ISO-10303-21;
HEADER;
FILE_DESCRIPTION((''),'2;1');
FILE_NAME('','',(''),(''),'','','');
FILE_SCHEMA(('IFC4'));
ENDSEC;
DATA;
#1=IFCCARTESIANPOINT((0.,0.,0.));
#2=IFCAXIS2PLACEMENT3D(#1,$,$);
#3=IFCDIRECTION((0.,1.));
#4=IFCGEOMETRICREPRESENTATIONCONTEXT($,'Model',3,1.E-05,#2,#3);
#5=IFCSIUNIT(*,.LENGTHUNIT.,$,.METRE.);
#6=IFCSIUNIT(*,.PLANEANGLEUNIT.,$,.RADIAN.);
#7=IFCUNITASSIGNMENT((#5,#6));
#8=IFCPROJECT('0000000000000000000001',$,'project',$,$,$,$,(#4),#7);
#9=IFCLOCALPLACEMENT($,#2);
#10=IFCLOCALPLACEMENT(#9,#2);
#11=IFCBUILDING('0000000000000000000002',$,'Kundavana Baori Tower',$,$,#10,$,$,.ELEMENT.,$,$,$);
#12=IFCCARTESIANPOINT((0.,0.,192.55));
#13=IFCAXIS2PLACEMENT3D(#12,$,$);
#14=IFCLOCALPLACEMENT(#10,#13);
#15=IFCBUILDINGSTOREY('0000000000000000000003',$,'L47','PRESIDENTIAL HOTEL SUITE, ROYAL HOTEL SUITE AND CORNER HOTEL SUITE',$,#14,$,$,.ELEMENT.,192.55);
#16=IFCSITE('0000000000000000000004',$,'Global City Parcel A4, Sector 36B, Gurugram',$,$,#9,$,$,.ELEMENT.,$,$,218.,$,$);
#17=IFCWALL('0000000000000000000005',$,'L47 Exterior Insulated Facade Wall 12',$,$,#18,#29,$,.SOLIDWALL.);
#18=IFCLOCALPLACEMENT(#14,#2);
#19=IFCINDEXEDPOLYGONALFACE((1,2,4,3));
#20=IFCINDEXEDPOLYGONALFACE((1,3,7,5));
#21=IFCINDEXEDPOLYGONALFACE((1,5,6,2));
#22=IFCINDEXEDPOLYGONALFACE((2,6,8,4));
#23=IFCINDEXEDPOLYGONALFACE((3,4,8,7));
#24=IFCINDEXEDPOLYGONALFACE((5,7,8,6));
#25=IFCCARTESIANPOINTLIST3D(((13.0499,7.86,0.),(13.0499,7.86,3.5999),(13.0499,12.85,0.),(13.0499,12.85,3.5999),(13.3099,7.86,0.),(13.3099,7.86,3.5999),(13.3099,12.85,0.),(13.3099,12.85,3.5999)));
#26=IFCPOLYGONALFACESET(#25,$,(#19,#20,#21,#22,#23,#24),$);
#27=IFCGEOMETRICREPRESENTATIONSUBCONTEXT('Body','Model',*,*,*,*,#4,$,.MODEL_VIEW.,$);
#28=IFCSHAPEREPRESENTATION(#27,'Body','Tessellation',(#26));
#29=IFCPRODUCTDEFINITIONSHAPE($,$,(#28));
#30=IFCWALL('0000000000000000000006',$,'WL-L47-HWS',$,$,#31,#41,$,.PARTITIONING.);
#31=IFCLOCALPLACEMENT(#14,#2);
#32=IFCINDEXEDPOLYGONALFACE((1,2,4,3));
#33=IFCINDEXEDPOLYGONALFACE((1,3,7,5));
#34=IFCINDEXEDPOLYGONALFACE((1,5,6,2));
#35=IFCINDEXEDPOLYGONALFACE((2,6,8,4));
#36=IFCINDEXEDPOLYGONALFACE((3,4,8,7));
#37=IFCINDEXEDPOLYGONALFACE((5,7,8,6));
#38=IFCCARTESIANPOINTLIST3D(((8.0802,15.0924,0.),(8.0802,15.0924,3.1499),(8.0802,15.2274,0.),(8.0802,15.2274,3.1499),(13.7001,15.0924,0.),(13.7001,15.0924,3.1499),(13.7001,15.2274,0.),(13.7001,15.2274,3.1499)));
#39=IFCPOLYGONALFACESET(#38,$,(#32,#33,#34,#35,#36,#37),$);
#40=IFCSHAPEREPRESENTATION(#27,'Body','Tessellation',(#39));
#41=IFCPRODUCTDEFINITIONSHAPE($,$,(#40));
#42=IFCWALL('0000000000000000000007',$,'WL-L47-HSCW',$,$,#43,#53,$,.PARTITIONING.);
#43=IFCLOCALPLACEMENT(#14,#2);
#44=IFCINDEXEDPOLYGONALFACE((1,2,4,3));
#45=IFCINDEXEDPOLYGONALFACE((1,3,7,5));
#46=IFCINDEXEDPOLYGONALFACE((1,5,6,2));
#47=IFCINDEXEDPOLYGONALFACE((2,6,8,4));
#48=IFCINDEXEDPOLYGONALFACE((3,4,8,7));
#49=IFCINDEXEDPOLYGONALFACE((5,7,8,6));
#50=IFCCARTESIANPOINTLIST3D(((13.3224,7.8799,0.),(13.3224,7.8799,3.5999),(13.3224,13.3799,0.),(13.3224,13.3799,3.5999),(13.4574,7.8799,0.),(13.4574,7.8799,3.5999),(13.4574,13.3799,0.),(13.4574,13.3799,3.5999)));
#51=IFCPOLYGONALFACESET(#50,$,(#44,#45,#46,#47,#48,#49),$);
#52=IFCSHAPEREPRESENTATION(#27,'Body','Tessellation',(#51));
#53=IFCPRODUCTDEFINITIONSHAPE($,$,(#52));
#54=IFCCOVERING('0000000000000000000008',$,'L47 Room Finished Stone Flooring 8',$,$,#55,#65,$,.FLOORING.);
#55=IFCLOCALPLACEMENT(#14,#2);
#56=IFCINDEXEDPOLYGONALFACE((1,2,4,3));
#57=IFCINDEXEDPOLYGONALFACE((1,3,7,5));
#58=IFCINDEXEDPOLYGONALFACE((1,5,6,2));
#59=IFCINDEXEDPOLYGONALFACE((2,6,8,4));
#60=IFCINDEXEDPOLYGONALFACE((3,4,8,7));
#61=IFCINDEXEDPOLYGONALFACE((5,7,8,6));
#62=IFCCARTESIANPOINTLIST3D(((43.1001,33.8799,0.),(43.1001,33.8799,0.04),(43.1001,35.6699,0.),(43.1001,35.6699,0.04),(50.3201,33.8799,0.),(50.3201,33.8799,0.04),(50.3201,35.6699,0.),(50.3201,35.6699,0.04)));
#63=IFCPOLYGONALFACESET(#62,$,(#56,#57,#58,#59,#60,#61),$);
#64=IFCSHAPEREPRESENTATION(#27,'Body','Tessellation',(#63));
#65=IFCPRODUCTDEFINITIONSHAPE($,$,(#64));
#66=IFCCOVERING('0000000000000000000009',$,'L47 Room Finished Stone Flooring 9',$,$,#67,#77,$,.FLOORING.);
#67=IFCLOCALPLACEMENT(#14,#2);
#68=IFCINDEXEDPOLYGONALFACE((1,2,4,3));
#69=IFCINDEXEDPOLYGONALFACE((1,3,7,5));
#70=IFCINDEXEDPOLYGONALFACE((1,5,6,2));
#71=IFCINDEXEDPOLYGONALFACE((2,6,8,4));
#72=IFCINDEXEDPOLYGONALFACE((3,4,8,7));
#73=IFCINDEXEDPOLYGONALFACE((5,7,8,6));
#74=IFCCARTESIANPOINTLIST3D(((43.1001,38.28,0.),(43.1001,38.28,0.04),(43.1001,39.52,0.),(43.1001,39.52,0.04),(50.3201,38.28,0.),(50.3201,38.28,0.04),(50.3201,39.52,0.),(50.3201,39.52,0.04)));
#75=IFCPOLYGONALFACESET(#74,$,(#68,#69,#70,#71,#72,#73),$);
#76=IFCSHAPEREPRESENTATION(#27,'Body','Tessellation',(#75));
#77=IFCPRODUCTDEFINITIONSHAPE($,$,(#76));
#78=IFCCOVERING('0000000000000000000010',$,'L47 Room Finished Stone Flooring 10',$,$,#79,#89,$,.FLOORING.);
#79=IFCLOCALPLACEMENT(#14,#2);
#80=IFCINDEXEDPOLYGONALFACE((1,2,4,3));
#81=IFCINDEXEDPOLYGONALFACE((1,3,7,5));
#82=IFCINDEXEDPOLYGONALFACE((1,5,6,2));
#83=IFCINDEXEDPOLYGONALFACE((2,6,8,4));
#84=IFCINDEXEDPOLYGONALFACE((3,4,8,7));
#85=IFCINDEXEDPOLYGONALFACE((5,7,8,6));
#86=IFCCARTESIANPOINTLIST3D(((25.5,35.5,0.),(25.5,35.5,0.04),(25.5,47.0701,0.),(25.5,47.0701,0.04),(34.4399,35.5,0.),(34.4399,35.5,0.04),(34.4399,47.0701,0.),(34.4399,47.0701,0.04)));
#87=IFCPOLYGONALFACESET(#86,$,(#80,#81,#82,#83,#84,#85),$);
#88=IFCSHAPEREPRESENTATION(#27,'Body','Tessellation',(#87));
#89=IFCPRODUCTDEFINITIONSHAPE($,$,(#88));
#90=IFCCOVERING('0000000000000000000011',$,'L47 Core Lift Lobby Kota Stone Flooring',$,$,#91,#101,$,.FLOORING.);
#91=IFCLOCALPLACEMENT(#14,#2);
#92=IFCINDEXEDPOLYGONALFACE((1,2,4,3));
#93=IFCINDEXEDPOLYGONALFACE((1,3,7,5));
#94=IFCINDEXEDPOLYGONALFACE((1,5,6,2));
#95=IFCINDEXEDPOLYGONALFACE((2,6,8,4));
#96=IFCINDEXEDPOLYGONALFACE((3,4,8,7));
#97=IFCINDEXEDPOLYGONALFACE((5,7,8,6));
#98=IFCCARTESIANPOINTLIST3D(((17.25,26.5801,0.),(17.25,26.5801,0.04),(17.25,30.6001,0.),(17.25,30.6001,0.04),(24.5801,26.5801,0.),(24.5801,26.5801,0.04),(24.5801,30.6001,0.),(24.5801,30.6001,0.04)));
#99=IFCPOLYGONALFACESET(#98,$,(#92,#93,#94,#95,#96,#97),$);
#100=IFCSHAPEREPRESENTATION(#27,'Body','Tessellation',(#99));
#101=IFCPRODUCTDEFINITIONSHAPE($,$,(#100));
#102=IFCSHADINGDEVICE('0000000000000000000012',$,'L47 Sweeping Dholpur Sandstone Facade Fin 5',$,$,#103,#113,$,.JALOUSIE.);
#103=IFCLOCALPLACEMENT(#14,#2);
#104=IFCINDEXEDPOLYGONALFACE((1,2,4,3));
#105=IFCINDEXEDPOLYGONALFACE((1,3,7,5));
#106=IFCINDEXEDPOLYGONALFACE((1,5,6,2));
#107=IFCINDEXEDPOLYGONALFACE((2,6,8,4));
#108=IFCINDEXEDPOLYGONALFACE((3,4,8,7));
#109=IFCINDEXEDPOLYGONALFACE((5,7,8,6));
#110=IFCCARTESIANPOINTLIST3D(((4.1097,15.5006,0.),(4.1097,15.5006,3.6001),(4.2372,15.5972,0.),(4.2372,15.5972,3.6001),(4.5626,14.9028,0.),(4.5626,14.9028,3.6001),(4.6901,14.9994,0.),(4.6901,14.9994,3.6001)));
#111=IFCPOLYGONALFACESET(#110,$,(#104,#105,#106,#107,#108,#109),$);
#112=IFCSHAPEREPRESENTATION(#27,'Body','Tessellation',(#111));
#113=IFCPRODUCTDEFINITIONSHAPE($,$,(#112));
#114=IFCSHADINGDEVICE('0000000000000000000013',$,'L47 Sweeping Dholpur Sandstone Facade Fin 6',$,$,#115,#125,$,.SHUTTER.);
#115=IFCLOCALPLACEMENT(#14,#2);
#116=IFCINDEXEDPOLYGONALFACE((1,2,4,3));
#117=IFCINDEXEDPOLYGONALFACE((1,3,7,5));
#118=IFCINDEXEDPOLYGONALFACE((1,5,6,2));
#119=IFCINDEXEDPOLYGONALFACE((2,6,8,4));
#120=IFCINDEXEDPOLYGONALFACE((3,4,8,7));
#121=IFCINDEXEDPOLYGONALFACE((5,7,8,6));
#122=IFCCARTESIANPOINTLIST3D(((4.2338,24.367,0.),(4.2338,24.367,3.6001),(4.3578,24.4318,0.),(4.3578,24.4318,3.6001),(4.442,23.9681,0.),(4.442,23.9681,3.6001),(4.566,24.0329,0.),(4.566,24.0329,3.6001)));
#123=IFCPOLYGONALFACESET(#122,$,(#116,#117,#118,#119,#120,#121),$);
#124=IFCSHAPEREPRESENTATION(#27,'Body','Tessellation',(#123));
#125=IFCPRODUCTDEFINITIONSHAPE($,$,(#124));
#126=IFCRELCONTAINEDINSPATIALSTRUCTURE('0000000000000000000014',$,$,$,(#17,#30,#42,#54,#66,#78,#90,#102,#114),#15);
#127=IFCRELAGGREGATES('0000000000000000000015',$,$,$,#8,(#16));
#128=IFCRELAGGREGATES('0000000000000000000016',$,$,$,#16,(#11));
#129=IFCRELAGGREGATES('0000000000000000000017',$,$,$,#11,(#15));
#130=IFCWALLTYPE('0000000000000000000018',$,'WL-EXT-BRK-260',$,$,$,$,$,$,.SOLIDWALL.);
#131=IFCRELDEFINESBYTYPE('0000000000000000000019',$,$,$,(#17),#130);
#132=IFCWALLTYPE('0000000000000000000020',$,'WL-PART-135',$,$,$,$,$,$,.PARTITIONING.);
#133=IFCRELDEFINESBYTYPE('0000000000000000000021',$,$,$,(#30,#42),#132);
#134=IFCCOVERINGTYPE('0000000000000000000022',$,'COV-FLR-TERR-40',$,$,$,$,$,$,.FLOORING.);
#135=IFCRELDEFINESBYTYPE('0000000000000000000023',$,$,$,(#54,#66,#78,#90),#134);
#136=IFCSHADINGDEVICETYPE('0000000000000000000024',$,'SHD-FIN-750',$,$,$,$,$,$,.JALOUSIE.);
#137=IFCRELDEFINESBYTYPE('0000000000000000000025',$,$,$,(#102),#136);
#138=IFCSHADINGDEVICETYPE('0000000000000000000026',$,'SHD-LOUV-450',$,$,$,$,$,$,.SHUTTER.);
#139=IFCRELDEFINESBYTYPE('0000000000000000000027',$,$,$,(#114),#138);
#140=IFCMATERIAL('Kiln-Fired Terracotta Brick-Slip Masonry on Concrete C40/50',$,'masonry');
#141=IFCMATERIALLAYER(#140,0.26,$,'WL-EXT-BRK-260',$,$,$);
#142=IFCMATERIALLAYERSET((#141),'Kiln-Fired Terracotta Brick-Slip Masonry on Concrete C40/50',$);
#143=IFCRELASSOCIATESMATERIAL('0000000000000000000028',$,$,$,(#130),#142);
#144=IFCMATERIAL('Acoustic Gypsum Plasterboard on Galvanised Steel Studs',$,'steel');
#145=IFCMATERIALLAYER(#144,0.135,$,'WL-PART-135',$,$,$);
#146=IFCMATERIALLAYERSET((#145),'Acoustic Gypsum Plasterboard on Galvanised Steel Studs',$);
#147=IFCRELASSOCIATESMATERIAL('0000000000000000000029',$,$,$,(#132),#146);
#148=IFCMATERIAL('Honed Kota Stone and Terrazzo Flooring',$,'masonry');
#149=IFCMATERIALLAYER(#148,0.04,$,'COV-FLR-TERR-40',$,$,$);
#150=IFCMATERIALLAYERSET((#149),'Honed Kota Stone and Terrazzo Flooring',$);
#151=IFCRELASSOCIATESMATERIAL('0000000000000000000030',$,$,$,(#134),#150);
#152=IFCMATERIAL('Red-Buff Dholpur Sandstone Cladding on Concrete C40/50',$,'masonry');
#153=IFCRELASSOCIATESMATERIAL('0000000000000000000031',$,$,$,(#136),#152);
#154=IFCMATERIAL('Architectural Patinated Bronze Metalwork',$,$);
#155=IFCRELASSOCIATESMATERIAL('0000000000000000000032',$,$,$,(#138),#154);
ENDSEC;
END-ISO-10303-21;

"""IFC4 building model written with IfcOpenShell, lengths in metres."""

from ifc_helpers import new_model, si_unit, direction, frame, frame_2d, origin, origin_2d, place, context, subcontext, project, spatial, polyline, rectangle, outline, extrude, material, layer, layer_set, type_object, element, save


model = new_model("IFC4")

# Units and contexts
model_context = context("Model", 3, precision=1e-05, world=origin(), true_north=direction((0.0, 1.0)))
body_context = subcontext(model_context, "Body", "Model", "MODEL_VIEW")
ifc_project = project(units=[si_unit("LENGTHUNIT", "METRE"), si_unit("PLANEANGLEUNIT", "RADIAN")], contexts=[model_context])

# Site, building, storey
site_placement = place(None, origin())
site = spatial("IfcSite", under=ifc_project, at=site_placement, Name="Global City Parcel A4, Sector 36B, Gurugram", CompositionType="ELEMENT", RefElevation=218.0)
building_placement = place(site_placement, origin())
building = spatial("IfcBuilding", under=site, at=building_placement, Name="Kundavana Baori Tower", CompositionType="ELEMENT")
storey_placement = place(building_placement, frame((0.0, 0.0, 192.55)))
storey = spatial("IfcBuildingStorey", under=building, at=storey_placement, Name="L47", Description="PRESIDENTIAL HOTEL SUITE, ROYAL HOTEL SUITE AND CORNER HOTEL SUITE", CompositionType="ELEMENT", Elevation=192.55)

# Shared definitions
ifc_material_1 = material(Name="Kiln-Fired Terracotta Brick-Slip Masonry on Concrete C40/50", Category="masonry")
ifc_layer_1 = layer(ifc_material_1, 0.26, Name="WL-EXT-BRK-260")
ifc_layer_set_1 = layer_set([ifc_layer_1], Name="Kiln-Fired Terracotta Brick-Slip Masonry on Concrete C40/50")
wall_type_1 = type_object("IfcWallType", Name="WL-EXT-BRK-260", PredefinedType="SOLIDWALL", material=ifc_layer_set_1)

# Walls
wall_1_placement = place(storey_placement, frame((13.1799, 12.8501, 0.0), z_axis=(0.0, 0.0, 1.0), x_axis=(0.0, -1.0, 0.0)))
element("IfcWall", 1, at=wall_1_placement, inside=storey, type_object=wall_type_1, Name="L47 Exterior Insulated Facade Wall 12", PredefinedType="SOLIDWALL", context=body_context, shape_type="SweptSolid", body=[
    extrude(rectangle(XDim=4.99, YDim=0.26, at=frame_2d((2.4951, 0.0))), origin(), (0.0, 0.0, 1.0), 3.5999),
])
ifc_material_2 = material(Name="Acoustic Gypsum Plasterboard on Galvanised Steel Studs", Category="steel")
ifc_layer_2 = layer(ifc_material_2, 0.135, Name="WL-PART-135")
ifc_layer_set_2 = layer_set([ifc_layer_2], Name="Acoustic Gypsum Plasterboard on Galvanised Steel Studs")
wall_type_2 = type_object("IfcWallType", Name="WL-PART-135", PredefinedType="PARTITIONING", material=ifc_layer_set_2)
wall_2_placement = place(storey_placement, frame((8.0801, 15.1599, 0.0), z_axis=(0.0, 0.0, 1.0), x_axis=(1.0, 0.0, 0.0)))
element("IfcWall", 2, at=wall_2_placement, inside=storey, type_object=wall_type_2, Name="WL-L47-HWS", PredefinedType="PARTITIONING", context=body_context, shape_type="SweptSolid", body=[
    extrude(rectangle(XDim=5.6199, YDim=0.135, at=frame_2d((2.8101, 0.0))), origin(), (0.0, 0.0, 1.0), 3.1499),
])
wall_3_placement = place(storey_placement, frame((13.3899, 7.8799, 0.0), z_axis=(0.0, 0.0, 1.0), x_axis=(0.0, 1.0, 0.0)))
element("IfcWall", 3, at=wall_3_placement, inside=storey, type_object=wall_type_2, Name="WL-L47-HSCW", PredefinedType="PARTITIONING", context=body_context, shape_type="SweptSolid", body=[
    extrude(rectangle(XDim=5.5, YDim=0.135, at=frame_2d((2.75, 0.0))), origin(), (0.0, 0.0, 1.0), 3.5999),
])

# Coverings
ifc_material_3 = material(Name="Honed Kota Stone and Terrazzo Flooring", Category="masonry")
ifc_layer_3 = layer(ifc_material_3, 0.04, Name="COV-FLR-TERR-40")
ifc_layer_set_3 = layer_set([ifc_layer_3], Name="Honed Kota Stone and Terrazzo Flooring")
covering_type = type_object("IfcCoveringType", Name="COV-FLR-TERR-40", PredefinedType="FLOORING", material=ifc_layer_set_3)
covering_1_placement = place(storey_placement, origin())
element("IfcCovering", 4, at=covering_1_placement, inside=storey, type_object=covering_type, Name="L47 Room Finished Stone Flooring 8", PredefinedType="FLOORING", context=body_context, shape_type="SweptSolid", body=[
    extrude(outline(polyline([(43.1001, 33.8799), (50.3201, 33.8799), (50.3201, 35.6699), (43.1001, 35.6699), (43.1001, 33.8799)])), origin(), (0.0, 0.0, 1.0), 0.04),
])
covering_2_placement = place(storey_placement, origin())
element("IfcCovering", 5, at=covering_2_placement, inside=storey, type_object=covering_type, Name="L47 Room Finished Stone Flooring 9", PredefinedType="FLOORING", context=body_context, shape_type="SweptSolid", body=[
    extrude(outline(polyline([(43.1001, 38.28), (50.3201, 38.28), (50.3201, 39.52), (43.1001, 39.52), (43.1001, 38.28)])), origin(), (0.0, 0.0, 1.0), 0.04),
])
covering_3_placement = place(storey_placement, origin())
element("IfcCovering", 6, at=covering_3_placement, inside=storey, type_object=covering_type, Name="L47 Room Finished Stone Flooring 10", PredefinedType="FLOORING", context=body_context, shape_type="SweptSolid", body=[
    extrude(outline(polyline([(25.5, 35.5), (34.4399, 35.5), (34.4399, 47.0701), (25.5, 47.0701), (25.5, 35.5)])), origin(), (0.0, 0.0, 1.0), 0.04),
])
covering_4_placement = place(storey_placement, origin())
element("IfcCovering", 7, at=covering_4_placement, inside=storey, type_object=covering_type, Name="L47 Core Lift Lobby Kota Stone Flooring", PredefinedType="FLOORING", context=body_context, shape_type="SweptSolid", body=[
    extrude(outline(polyline([(17.25, 26.5801), (24.5801, 26.5801), (24.5801, 30.6001), (17.25, 30.6001), (17.25, 26.5801)])), origin(), (0.0, 0.0, 1.0), 0.04),
])

# Shading devices
ifc_material_4 = material(Name="Red-Buff Dholpur Sandstone Cladding on Concrete C40/50", Category="masonry")
shading_device_type_1 = type_object("IfcShadingDeviceType", Name="SHD-FIN-750", PredefinedType="JALOUSIE", material=ifc_material_4)
shading_device_1_placement = place(storey_placement, frame((4.3999, 15.25, 0.0), z_axis=(0.0, 0.0, 1.0), x_axis=(0.797057, 0.603904, 0.0)))
element("IfcShadingDevice", 8, at=shading_device_1_placement, inside=storey, type_object=shading_device_type_1, Name="L47 Sweeping Dholpur Sandstone Facade Fin 5", PredefinedType="JALOUSIE", context=body_context, shape_type="SweptSolid", body=[
    extrude(rectangle(XDim=0.1599, YDim=0.75, at=origin_2d()), origin(), (0.0, 0.0, 1.0), 3.6001),
])
ifc_material_5 = material(Name="Architectural Patinated Bronze Metalwork")
shading_device_type_2 = type_object("IfcShadingDeviceType", Name="SHD-LOUV-450", PredefinedType="SHUTTER", material=ifc_material_5)
shading_device_2_placement = place(storey_placement, frame((4.3999, 24.2, 0.0), z_axis=(0.0, 0.0, 1.0), x_axis=(0.886446, 0.462832, 0.0)))
element("IfcShadingDevice", 9, at=shading_device_2_placement, inside=storey, type_object=shading_device_type_2, Name="L47 Sweeping Dholpur Sandstone Facade Fin 6", PredefinedType="SHUTTER", context=body_context, shape_type="SweptSolid", body=[
    extrude(rectangle(XDim=0.1399, YDim=0.45, at=origin_2d()), origin(), (0.0, 0.0, 1.0), 3.6001),
])

save(model, "model.ifc")
